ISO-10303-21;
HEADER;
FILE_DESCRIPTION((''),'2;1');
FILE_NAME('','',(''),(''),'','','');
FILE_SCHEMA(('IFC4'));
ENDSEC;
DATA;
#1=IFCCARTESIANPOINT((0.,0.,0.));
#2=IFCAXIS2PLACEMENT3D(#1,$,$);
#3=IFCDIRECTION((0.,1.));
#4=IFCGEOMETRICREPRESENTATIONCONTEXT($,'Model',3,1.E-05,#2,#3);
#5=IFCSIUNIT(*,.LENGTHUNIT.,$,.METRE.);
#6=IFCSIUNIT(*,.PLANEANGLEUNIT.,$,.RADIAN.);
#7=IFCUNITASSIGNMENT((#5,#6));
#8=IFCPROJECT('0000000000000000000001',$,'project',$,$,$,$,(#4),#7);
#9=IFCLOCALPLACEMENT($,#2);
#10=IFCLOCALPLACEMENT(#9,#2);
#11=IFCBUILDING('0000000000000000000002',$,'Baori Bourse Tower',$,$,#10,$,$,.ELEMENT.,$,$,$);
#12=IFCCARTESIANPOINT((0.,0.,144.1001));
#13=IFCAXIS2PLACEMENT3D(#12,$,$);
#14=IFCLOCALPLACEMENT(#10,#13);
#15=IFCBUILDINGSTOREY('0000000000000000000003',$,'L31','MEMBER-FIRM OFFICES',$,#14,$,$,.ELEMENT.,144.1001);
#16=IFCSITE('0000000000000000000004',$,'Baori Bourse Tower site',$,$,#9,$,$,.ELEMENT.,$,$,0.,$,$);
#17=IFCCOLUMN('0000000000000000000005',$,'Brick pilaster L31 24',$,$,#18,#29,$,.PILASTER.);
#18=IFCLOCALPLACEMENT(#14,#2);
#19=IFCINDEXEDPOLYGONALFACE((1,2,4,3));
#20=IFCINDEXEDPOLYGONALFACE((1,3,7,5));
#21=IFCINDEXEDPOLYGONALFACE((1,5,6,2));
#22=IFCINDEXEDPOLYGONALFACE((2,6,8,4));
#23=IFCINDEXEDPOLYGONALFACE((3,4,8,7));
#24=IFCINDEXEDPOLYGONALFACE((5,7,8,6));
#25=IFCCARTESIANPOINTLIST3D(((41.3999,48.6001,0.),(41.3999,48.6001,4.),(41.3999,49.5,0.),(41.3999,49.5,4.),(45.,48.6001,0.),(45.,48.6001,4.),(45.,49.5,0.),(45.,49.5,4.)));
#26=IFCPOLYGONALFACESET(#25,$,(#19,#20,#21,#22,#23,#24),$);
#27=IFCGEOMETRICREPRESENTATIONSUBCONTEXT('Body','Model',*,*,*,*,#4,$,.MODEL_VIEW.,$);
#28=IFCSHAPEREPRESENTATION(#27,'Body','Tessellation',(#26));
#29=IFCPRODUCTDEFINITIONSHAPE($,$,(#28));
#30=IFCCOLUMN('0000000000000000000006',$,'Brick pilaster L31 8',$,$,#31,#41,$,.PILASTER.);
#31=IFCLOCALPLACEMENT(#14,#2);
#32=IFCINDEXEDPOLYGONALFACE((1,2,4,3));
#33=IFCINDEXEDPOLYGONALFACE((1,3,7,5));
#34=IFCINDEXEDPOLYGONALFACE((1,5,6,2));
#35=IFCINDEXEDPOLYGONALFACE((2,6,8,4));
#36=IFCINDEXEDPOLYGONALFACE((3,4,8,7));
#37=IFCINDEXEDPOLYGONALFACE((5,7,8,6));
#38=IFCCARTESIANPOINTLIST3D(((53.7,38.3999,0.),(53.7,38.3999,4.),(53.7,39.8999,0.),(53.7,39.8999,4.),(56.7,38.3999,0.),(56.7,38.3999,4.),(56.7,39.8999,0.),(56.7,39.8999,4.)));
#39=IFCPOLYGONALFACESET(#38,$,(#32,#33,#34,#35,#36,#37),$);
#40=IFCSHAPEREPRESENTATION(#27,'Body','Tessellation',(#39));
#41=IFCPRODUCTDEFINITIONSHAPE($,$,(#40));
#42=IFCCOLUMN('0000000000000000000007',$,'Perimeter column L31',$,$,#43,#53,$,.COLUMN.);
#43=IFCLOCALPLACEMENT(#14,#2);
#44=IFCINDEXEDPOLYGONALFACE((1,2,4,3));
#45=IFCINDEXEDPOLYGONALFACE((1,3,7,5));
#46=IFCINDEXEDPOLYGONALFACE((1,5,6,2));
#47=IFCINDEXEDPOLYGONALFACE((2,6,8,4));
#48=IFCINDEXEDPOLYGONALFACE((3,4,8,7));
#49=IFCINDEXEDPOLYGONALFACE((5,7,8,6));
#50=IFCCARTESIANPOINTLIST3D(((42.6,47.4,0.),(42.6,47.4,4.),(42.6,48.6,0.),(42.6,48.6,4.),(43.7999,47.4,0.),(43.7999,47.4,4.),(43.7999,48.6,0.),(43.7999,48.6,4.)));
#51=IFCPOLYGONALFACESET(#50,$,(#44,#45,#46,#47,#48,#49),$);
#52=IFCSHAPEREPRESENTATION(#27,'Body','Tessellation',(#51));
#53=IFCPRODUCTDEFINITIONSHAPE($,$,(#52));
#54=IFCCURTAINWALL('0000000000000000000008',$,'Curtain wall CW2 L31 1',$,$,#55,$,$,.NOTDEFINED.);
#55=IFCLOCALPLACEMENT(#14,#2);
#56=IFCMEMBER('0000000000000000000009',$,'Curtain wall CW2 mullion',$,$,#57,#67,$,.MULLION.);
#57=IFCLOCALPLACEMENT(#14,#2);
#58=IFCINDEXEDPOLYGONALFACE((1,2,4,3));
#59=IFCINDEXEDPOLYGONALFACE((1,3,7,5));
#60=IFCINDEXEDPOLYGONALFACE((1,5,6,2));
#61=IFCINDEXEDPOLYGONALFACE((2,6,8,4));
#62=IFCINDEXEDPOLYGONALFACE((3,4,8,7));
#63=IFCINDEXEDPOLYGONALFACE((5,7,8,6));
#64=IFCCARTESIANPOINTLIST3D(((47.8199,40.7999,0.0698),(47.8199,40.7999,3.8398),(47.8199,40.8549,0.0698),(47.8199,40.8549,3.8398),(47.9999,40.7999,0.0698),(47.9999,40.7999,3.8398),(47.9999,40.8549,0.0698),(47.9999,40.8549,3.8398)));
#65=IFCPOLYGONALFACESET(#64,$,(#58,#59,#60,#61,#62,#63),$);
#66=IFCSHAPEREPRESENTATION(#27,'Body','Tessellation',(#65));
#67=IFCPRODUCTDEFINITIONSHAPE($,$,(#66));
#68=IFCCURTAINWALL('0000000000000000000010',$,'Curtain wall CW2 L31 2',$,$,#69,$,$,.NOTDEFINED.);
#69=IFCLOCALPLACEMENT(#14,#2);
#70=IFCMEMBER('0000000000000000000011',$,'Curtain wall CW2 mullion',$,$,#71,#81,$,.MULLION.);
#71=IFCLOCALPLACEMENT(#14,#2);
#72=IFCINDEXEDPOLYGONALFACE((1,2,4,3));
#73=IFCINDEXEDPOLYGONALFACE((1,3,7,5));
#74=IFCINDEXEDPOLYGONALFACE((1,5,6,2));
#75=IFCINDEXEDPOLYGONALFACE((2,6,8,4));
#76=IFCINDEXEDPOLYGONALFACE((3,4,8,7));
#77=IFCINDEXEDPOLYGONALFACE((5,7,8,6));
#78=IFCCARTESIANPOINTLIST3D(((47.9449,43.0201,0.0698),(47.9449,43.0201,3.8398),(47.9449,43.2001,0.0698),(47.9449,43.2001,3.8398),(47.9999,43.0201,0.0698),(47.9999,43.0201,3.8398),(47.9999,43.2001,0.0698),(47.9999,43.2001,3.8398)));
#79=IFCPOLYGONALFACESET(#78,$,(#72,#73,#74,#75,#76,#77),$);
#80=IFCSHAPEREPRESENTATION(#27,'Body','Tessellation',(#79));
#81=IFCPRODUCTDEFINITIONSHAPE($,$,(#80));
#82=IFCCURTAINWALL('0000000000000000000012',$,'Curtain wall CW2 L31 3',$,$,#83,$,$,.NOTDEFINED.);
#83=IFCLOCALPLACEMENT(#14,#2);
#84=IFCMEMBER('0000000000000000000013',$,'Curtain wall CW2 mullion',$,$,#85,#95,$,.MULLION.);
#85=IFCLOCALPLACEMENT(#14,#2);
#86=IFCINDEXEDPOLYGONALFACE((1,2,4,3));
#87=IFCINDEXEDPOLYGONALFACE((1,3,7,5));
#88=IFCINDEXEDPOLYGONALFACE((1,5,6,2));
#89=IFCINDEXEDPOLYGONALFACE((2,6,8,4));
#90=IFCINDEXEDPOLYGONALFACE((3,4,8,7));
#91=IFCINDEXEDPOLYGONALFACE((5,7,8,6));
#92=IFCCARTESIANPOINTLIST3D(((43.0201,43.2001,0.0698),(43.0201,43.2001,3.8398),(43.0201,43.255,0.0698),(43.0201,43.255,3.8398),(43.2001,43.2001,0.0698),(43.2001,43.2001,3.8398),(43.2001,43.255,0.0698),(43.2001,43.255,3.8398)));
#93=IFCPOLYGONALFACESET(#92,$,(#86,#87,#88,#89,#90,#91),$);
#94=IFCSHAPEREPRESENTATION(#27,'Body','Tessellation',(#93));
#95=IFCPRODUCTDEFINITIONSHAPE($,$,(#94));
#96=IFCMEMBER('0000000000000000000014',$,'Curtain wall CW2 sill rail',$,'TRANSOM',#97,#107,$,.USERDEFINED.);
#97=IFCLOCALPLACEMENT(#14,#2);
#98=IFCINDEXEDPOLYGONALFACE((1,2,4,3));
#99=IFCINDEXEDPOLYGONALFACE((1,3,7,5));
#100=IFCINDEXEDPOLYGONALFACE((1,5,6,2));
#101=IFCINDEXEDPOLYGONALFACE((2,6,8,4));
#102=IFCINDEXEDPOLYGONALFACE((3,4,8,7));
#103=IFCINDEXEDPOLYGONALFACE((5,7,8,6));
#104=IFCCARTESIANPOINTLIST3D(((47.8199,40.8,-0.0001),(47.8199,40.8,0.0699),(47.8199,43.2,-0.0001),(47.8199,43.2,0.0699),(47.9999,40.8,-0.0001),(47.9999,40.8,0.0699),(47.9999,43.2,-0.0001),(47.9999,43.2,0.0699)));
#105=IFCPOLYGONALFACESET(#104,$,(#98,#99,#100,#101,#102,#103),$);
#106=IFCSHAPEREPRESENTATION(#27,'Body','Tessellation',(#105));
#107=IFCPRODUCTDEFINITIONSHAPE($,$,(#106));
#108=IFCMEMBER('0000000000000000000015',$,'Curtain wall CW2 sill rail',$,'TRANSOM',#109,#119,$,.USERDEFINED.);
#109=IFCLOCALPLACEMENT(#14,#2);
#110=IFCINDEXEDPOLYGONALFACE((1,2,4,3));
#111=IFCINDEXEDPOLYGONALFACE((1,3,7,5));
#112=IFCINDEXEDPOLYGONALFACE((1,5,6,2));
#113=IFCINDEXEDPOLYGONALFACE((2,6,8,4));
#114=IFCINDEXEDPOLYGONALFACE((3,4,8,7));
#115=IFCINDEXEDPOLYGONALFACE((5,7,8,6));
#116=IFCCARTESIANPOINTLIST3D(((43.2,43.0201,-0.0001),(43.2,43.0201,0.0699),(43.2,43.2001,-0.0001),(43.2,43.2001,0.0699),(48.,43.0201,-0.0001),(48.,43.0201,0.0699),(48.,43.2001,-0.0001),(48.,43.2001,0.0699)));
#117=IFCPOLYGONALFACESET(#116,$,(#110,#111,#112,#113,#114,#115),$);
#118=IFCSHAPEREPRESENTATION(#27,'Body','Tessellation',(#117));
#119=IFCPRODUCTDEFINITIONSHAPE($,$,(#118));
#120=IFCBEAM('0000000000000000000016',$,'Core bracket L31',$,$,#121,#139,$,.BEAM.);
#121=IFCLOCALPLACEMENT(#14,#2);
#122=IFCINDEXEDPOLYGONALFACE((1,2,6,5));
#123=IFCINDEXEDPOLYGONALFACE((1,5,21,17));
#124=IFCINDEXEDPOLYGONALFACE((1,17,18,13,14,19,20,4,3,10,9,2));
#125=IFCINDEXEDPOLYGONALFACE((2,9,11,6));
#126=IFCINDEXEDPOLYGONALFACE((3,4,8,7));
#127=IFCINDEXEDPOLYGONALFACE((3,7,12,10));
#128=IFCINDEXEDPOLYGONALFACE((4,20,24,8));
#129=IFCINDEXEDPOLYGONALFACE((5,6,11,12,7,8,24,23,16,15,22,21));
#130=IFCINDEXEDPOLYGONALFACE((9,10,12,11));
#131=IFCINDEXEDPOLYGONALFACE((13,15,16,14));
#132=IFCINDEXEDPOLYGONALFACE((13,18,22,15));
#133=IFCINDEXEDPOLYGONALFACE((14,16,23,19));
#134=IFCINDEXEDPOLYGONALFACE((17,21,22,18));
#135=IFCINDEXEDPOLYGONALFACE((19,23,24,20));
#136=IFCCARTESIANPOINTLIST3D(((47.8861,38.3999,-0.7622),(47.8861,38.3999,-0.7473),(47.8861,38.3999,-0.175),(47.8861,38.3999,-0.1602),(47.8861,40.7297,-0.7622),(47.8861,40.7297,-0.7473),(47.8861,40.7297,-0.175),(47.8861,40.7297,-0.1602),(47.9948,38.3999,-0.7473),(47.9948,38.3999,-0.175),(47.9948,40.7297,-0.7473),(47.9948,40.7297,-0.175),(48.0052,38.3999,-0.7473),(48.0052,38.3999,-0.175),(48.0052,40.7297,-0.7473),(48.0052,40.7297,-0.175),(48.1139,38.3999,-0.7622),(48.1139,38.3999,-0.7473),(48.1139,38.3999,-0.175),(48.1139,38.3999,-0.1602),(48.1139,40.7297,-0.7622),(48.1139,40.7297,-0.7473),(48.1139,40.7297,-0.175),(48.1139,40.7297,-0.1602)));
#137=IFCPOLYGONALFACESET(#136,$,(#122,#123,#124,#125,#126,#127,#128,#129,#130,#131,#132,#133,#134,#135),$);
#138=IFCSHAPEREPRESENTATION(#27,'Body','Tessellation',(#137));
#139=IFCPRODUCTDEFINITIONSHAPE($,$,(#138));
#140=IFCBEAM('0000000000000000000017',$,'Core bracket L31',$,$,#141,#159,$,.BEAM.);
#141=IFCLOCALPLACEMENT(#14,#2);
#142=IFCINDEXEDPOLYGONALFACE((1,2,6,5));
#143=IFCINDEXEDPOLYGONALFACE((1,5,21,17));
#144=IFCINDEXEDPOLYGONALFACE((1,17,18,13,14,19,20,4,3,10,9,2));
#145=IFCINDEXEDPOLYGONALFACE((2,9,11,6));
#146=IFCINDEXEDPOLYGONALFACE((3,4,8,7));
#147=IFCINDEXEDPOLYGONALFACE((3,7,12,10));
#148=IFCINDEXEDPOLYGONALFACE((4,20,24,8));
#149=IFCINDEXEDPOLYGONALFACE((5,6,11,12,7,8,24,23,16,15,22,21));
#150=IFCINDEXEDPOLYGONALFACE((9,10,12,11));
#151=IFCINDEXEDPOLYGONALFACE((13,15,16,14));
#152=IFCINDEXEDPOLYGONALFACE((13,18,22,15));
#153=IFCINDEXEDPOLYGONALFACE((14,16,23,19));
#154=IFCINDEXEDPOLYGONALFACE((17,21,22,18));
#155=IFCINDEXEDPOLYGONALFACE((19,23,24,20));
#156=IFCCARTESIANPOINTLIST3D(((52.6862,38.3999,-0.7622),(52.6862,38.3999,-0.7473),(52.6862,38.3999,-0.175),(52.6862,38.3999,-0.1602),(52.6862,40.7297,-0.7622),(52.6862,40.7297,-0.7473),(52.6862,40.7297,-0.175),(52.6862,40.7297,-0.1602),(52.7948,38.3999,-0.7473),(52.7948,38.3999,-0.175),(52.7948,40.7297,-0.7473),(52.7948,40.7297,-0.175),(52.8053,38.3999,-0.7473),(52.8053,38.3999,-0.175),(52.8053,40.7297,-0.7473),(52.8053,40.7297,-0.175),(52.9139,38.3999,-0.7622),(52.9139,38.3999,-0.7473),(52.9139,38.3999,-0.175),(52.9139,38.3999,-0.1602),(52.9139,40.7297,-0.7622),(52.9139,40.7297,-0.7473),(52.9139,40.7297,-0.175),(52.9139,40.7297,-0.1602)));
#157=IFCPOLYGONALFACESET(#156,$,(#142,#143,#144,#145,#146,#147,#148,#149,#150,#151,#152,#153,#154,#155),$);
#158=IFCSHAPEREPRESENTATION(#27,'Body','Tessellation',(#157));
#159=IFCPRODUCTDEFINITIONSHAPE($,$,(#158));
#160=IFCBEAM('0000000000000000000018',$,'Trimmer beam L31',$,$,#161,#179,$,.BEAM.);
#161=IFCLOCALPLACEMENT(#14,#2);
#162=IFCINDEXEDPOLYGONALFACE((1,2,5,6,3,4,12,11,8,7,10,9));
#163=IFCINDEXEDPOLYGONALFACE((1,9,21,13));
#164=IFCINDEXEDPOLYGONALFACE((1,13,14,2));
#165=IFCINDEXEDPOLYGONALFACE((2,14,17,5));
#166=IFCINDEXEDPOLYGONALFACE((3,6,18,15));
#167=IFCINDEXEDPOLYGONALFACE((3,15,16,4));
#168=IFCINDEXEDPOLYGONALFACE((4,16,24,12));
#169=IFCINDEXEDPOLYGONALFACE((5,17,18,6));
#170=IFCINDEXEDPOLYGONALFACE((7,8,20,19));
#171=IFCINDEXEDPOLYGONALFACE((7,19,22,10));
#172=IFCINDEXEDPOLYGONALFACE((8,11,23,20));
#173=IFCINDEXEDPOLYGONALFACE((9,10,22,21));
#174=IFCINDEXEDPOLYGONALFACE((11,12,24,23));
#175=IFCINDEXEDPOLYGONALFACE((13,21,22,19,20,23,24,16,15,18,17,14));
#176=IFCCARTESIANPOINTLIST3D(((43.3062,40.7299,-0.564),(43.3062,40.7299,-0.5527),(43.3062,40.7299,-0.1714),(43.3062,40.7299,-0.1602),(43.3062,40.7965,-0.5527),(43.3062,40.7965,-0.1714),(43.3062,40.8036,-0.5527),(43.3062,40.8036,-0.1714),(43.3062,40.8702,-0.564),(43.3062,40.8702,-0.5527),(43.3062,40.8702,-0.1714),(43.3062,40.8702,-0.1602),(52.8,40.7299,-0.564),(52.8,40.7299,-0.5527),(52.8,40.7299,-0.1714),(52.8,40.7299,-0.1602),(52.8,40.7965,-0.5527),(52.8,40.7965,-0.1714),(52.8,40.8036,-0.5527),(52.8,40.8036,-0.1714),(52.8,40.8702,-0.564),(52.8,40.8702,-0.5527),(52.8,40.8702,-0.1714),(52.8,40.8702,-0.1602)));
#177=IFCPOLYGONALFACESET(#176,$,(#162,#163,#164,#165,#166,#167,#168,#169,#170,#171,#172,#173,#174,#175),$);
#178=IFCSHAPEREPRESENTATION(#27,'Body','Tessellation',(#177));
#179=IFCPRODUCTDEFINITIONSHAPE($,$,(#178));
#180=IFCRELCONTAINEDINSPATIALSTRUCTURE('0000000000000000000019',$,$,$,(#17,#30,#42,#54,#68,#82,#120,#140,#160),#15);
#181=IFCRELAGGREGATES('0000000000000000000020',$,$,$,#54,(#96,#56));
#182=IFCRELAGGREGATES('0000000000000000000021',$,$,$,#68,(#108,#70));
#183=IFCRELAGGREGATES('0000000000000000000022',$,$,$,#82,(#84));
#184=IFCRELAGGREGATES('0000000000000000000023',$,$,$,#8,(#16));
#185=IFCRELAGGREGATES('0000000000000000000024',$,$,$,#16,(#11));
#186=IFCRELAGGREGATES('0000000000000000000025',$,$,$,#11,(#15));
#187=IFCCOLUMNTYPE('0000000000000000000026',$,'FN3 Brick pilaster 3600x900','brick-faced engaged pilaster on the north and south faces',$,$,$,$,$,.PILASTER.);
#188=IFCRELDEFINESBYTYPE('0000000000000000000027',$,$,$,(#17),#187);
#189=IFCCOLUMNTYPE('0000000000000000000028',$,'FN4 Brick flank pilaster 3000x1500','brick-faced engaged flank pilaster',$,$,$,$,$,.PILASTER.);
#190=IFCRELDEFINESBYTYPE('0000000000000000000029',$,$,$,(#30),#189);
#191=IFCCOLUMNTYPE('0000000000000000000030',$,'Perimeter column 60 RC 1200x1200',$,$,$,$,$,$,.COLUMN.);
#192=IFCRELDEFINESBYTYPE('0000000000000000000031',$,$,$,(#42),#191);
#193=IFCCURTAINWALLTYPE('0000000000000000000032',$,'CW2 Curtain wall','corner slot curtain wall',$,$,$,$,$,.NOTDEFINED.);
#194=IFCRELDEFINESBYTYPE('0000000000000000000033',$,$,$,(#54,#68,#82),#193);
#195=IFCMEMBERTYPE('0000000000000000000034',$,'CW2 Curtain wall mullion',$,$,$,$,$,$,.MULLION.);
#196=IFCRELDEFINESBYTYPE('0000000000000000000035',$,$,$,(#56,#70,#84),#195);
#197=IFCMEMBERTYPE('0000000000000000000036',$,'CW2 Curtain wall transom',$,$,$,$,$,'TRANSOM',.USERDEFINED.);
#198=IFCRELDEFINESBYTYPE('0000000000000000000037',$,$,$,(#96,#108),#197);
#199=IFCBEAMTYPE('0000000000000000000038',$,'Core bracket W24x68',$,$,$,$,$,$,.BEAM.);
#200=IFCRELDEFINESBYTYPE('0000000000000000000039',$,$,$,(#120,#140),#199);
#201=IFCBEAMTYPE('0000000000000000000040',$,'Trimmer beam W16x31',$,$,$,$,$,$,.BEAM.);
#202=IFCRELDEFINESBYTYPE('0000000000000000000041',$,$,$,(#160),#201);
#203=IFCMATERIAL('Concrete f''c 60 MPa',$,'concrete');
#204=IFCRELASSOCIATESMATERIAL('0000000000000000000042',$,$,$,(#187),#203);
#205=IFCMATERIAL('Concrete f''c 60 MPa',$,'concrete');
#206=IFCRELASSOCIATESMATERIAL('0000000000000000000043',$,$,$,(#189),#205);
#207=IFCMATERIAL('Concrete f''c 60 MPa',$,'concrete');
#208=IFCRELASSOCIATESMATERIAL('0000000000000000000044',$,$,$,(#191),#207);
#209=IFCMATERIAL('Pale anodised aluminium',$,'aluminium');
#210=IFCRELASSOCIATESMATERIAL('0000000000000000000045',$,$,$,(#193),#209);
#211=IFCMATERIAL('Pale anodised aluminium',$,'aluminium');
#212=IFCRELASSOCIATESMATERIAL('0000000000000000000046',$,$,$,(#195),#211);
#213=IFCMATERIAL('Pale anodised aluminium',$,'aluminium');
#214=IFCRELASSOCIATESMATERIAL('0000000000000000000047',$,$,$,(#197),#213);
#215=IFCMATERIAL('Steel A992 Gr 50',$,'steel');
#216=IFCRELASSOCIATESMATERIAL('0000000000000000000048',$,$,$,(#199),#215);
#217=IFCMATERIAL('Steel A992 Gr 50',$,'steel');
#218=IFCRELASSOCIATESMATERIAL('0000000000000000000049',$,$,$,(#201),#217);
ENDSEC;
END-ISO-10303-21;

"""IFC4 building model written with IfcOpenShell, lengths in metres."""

from ifc_helpers import new_model, si_unit, direction, frame, origin, origin_2d, place, context, subcontext, project, spatial, rectangle, i_section, extrude, material, material_profile, profile_set, type_object, element, aggregate, save


model = new_model("IFC4")

# Units and contexts
model_context = context("Model", 3, precision=1e-05, world=origin(), true_north=direction((0.0, 1.0)))
body_context = subcontext(model_context, "Body", "Model", "MODEL_VIEW")
ifc_project = project(units=[si_unit("LENGTHUNIT", "METRE"), si_unit("PLANEANGLEUNIT", "RADIAN")], contexts=[model_context])

# Site, building, storey
site_placement = place(None, origin())
site = spatial("IfcSite", under=ifc_project, at=site_placement, Name="Baori Bourse Tower site", CompositionType="ELEMENT", RefElevation=0.0)
building_placement = place(site_placement, origin())
building = spatial("IfcBuilding", under=site, at=building_placement, Name="Baori Bourse Tower", CompositionType="ELEMENT")
storey_placement = place(building_placement, frame((0.0, 0.0, 144.1001)))
storey = spatial("IfcBuildingStorey", under=building, at=storey_placement, Name="L31", Description="MEMBER-FIRM OFFICES", CompositionType="ELEMENT", Elevation=144.1001)

# Columns
ifc_material_1 = material(Name="Concrete f'c 60 MPa", Category="concrete")
ifc_material_profile_1 = material_profile(ifc_material_1, rectangle(XDim=3.6001, YDim=0.8999, at=origin_2d()), Name="RC 3600x900")
ifc_profile_set_1 = profile_set([ifc_material_profile_1], Name="Concrete f'c 60 MPa")
column_type_1 = type_object("IfcColumnType", Name="FN3 Brick pilaster 3600x900", Description="brick-faced engaged pilaster on the north and south faces", PredefinedType="PILASTER", material=ifc_profile_set_1)
column_1_placement = place(storey_placement, frame((43.2, 49.05, 0.0), z_axis=(0.0, 0.0, 1.0), x_axis=(1.0, 0.0, 0.0)))
element("IfcColumn", 1, at=column_1_placement, inside=storey, type_object=column_type_1, Name="Brick pilaster L31 24", PredefinedType="PILASTER", context=body_context, shape_type="SweptSolid", body=[
    extrude(rectangle(XDim=3.6001, YDim=0.8999, at=origin_2d()), origin(), (0.0, 0.0, 1.0), 4.0),
])
ifc_material_2 = material(Name="Concrete f'c 60 MPa", Category="concrete")
ifc_material_profile_2 = material_profile(ifc_material_2, rectangle(XDim=3.0, YDim=1.5, at=origin_2d()), Name="RC 3000x1500")
ifc_profile_set_2 = profile_set([ifc_material_profile_2], Name="Concrete f'c 60 MPa")
column_type_2 = type_object("IfcColumnType", Name="FN4 Brick flank pilaster 3000x1500", Description="brick-faced engaged flank pilaster", PredefinedType="PILASTER", material=ifc_profile_set_2)
column_2_placement = place(storey_placement, frame((55.2, 39.1499, 0.0), z_axis=(0.0, 0.0, 1.0), x_axis=(1.0, 0.0, 0.0)))
element("IfcColumn", 2, at=column_2_placement, inside=storey, type_object=column_type_2, Name="Brick pilaster L31 8", PredefinedType="PILASTER", context=body_context, shape_type="SweptSolid", body=[
    extrude(rectangle(XDim=3.0, YDim=1.5, at=origin_2d()), origin(), (0.0, 0.0, 1.0), 4.0),
])
ifc_material_3 = material(Name="Concrete f'c 60 MPa", Category="concrete")
ifc_material_profile_3 = material_profile(ifc_material_3, rectangle(XDim=1.2, YDim=1.2, at=origin_2d()), Name="RC 1200x1200")
ifc_profile_set_3 = profile_set([ifc_material_profile_3], Name="Concrete f'c 60 MPa")
column_type_3 = type_object("IfcColumnType", Name="Perimeter column 60 RC 1200x1200", PredefinedType="COLUMN", material=ifc_profile_set_3)
column_3_placement = place(storey_placement, frame((43.2, 48.0, 0.0), z_axis=(0.0, 0.0, 1.0), x_axis=(1.0, 0.0, 0.0)))
element("IfcColumn", 3, at=column_3_placement, inside=storey, type_object=column_type_3, Name="Perimeter column L31", PredefinedType="COLUMN", context=body_context, shape_type="SweptSolid", body=[
    extrude(rectangle(XDim=1.2, YDim=1.2, at=origin_2d()), origin(), (0.0, 0.0, 1.0), 4.0),
])

# Curtain walls, members
ifc_material_4 = material(Name="Pale anodised aluminium", Category="aluminium")
curtain_wall_type = type_object("IfcCurtainWallType", Name="CW2 Curtain wall", Description="corner slot curtain wall", PredefinedType="NOTDEFINED", material=ifc_material_4)
curtain_wall_1_placement = place(storey_placement, origin())
curtain_wall_1 = element("IfcCurtainWall", 4, at=curtain_wall_1_placement, inside=storey, type_object=curtain_wall_type, Name="Curtain wall CW2 L31 1", PredefinedType="NOTDEFINED")
ifc_material_5 = material(Name="Pale anodised aluminium", Category="aluminium")
ifc_material_profile_4 = material_profile(ifc_material_5, rectangle(XDim=0.1799, YDim=0.0549, at=origin_2d()), Name="Mullion 55x180")
ifc_profile_set_4 = profile_set([ifc_material_profile_4], Name="Pale anodised aluminium")
member_type_1 = type_object("IfcMemberType", Name="CW2 Curtain wall mullion", PredefinedType="MULLION", material=ifc_profile_set_4)
member_1_placement = place(storey_placement, frame((47.9099, 40.8274, 0.0698), z_axis=(0.0, 0.0, 1.0), x_axis=(-1.0, 0.0, 0.0)))
member_1 = element("IfcMember", 5, at=member_1_placement, type_object=member_type_1, Name="Curtain wall CW2 mullion", PredefinedType="MULLION", context=body_context, shape_type="SweptSolid", body=[
    extrude(rectangle(XDim=0.1799, YDim=0.0549, at=origin_2d()), origin(), (0.0, 0.0, 1.0), 3.77),
])
curtain_wall_2_placement = place(storey_placement, origin())
curtain_wall_2 = element("IfcCurtainWall", 6, at=curtain_wall_2_placement, inside=storey, type_object=curtain_wall_type, Name="Curtain wall CW2 L31 2", PredefinedType="NOTDEFINED")
member_2_placement = place(storey_placement, frame((47.9724, 43.1101, 0.0698), z_axis=(0.0, 0.0, 1.0), x_axis=(0.0, -1.0, 0.0)))
member_2 = element("IfcMember", 7, at=member_2_placement, type_object=member_type_1, Name="Curtain wall CW2 mullion", PredefinedType="MULLION", context=body_context, shape_type="SweptSolid", body=[
    extrude(rectangle(XDim=0.1799, YDim=0.0549, at=origin_2d()), origin(), (0.0, 0.0, 1.0), 3.77),
])
curtain_wall_3_placement = place(storey_placement, origin())
curtain_wall_3 = element("IfcCurtainWall", 8, at=curtain_wall_3_placement, inside=storey, type_object=curtain_wall_type, Name="Curtain wall CW2 L31 3", PredefinedType="NOTDEFINED")
member_3_placement = place(storey_placement, frame((43.1101, 43.2275, 0.0698), z_axis=(0.0, 0.0, 1.0), x_axis=(-1.0, 0.0, 0.0)))
member_3 = element("IfcMember", 9, at=member_3_placement, type_object=member_type_1, Name="Curtain wall CW2 mullion", PredefinedType="MULLION", context=body_context, shape_type="SweptSolid", body=[
    extrude(rectangle(XDim=0.1799, YDim=0.0549, at=origin_2d()), origin(), (0.0, 0.0, 1.0), 3.77),
])

# Members
ifc_material_6 = material(Name="Pale anodised aluminium", Category="aluminium")
ifc_material_profile_5 = material_profile(ifc_material_6, rectangle(XDim=0.1799, YDim=0.0701, at=origin_2d()), Name="Transom 70x180")
ifc_profile_set_5 = profile_set([ifc_material_profile_5], Name="Pale anodised aluminium")
member_type_2 = type_object("IfcMemberType", Name="CW2 Curtain wall transom", ElementType="TRANSOM", PredefinedType="USERDEFINED", material=ifc_profile_set_5)
member_4_placement = place(storey_placement, frame((47.9099, 40.8, 0.0349), z_axis=(0.0, 1.0, 0.0), x_axis=(-1.0, 0.0, 0.0)))
member_4 = element("IfcMember", 10, at=member_4_placement, type_object=member_type_2, Name="Curtain wall CW2 sill rail", ObjectType="TRANSOM", PredefinedType="USERDEFINED", context=body_context, shape_type="SweptSolid", body=[
    extrude(rectangle(XDim=0.1799, YDim=0.0701, at=origin_2d()), origin(), (0.0, 0.0, 1.0), 2.3999),
])
member_5_placement = place(storey_placement, frame((48.0, 43.1101, 0.0349), z_axis=(-1.0, 0.0, 0.0), x_axis=(0.0, -1.0, 0.0)))
member_5 = element("IfcMember", 11, at=member_5_placement, type_object=member_type_2, Name="Curtain wall CW2 sill rail", ObjectType="TRANSOM", PredefinedType="USERDEFINED", context=body_context, shape_type="SweptSolid", body=[
    extrude(rectangle(XDim=0.1799, YDim=0.0701, at=origin_2d()), origin(), (0.0, 0.0, 1.0), 4.8),
])

# Beams
ifc_material_7 = material(Name="Steel A992 Gr 50", Category="steel")
ifc_material_profile_6 = material_profile(ifc_material_7, i_section(OverallWidth=0.2278, OverallDepth=0.6021, WebThickness=0.0105, FlangeThickness=0.0149, at=origin_2d()), Name="W24x68")
ifc_profile_set_6 = profile_set([ifc_material_profile_6], Name="Steel A992 Gr 50")
beam_type_1 = type_object("IfcBeamType", Name="Core bracket W24x68", PredefinedType="BEAM", material=ifc_profile_set_6)
for number, where, z_axis, x_axis, name in (
    (12, (48.0, 38.3999, -0.4612), (0.0, 1.0, 0.0), (-1.0, 0.0, 0.0), "Core bracket L31"),
    (13, (52.8, 38.3999, -0.4612), (0.0, 1.0, 0.0), (-1.0, 0.0, 0.0), "Core bracket L31"),
):
    element("IfcBeam", number, at=place(storey_placement, frame(where, z_axis=z_axis, x_axis=x_axis)), inside=storey, type_object=beam_type_1, Name=name, PredefinedType="BEAM", context=body_context, shape_type="SweptSolid", body=[
        extrude(i_section(OverallWidth=0.2278, OverallDepth=0.6021, WebThickness=0.0105, FlangeThickness=0.0149, at=origin_2d()), origin(), (0.0, 0.0, 1.0), 2.3298),
    ])
ifc_material_8 = material(Name="Steel A992 Gr 50", Category="steel")
ifc_material_profile_7 = material_profile(ifc_material_8, i_section(OverallWidth=0.1404, OverallDepth=0.4038, WebThickness=0.0071, FlangeThickness=0.0112, at=origin_2d()), Name="W16x31")
ifc_profile_set_7 = profile_set([ifc_material_profile_7], Name="Steel A992 Gr 50")
beam_type_2 = type_object("IfcBeamType", Name="Trimmer beam W16x31", PredefinedType="BEAM", material=ifc_profile_set_7)
beam_placement = place(storey_placement, frame((43.3062, 40.8, -0.3621), z_axis=(1.0, 0.0, 0.0), x_axis=(0.0, 1.0, 0.0)))
element("IfcBeam", 14, at=beam_placement, inside=storey, type_object=beam_type_2, Name="Trimmer beam L31", PredefinedType="BEAM", context=body_context, shape_type="SweptSolid", body=[
    extrude(i_section(OverallWidth=0.1404, OverallDepth=0.4038, WebThickness=0.0071, FlangeThickness=0.0112, at=origin_2d()), origin(), (0.0, 0.0, 1.0), 9.4939),
])

aggregate(curtain_wall_1, [member_4, member_1])
aggregate(curtain_wall_2, [member_5, member_2])
aggregate(curtain_wall_3, [member_3])

save(model, "model.ifc")
